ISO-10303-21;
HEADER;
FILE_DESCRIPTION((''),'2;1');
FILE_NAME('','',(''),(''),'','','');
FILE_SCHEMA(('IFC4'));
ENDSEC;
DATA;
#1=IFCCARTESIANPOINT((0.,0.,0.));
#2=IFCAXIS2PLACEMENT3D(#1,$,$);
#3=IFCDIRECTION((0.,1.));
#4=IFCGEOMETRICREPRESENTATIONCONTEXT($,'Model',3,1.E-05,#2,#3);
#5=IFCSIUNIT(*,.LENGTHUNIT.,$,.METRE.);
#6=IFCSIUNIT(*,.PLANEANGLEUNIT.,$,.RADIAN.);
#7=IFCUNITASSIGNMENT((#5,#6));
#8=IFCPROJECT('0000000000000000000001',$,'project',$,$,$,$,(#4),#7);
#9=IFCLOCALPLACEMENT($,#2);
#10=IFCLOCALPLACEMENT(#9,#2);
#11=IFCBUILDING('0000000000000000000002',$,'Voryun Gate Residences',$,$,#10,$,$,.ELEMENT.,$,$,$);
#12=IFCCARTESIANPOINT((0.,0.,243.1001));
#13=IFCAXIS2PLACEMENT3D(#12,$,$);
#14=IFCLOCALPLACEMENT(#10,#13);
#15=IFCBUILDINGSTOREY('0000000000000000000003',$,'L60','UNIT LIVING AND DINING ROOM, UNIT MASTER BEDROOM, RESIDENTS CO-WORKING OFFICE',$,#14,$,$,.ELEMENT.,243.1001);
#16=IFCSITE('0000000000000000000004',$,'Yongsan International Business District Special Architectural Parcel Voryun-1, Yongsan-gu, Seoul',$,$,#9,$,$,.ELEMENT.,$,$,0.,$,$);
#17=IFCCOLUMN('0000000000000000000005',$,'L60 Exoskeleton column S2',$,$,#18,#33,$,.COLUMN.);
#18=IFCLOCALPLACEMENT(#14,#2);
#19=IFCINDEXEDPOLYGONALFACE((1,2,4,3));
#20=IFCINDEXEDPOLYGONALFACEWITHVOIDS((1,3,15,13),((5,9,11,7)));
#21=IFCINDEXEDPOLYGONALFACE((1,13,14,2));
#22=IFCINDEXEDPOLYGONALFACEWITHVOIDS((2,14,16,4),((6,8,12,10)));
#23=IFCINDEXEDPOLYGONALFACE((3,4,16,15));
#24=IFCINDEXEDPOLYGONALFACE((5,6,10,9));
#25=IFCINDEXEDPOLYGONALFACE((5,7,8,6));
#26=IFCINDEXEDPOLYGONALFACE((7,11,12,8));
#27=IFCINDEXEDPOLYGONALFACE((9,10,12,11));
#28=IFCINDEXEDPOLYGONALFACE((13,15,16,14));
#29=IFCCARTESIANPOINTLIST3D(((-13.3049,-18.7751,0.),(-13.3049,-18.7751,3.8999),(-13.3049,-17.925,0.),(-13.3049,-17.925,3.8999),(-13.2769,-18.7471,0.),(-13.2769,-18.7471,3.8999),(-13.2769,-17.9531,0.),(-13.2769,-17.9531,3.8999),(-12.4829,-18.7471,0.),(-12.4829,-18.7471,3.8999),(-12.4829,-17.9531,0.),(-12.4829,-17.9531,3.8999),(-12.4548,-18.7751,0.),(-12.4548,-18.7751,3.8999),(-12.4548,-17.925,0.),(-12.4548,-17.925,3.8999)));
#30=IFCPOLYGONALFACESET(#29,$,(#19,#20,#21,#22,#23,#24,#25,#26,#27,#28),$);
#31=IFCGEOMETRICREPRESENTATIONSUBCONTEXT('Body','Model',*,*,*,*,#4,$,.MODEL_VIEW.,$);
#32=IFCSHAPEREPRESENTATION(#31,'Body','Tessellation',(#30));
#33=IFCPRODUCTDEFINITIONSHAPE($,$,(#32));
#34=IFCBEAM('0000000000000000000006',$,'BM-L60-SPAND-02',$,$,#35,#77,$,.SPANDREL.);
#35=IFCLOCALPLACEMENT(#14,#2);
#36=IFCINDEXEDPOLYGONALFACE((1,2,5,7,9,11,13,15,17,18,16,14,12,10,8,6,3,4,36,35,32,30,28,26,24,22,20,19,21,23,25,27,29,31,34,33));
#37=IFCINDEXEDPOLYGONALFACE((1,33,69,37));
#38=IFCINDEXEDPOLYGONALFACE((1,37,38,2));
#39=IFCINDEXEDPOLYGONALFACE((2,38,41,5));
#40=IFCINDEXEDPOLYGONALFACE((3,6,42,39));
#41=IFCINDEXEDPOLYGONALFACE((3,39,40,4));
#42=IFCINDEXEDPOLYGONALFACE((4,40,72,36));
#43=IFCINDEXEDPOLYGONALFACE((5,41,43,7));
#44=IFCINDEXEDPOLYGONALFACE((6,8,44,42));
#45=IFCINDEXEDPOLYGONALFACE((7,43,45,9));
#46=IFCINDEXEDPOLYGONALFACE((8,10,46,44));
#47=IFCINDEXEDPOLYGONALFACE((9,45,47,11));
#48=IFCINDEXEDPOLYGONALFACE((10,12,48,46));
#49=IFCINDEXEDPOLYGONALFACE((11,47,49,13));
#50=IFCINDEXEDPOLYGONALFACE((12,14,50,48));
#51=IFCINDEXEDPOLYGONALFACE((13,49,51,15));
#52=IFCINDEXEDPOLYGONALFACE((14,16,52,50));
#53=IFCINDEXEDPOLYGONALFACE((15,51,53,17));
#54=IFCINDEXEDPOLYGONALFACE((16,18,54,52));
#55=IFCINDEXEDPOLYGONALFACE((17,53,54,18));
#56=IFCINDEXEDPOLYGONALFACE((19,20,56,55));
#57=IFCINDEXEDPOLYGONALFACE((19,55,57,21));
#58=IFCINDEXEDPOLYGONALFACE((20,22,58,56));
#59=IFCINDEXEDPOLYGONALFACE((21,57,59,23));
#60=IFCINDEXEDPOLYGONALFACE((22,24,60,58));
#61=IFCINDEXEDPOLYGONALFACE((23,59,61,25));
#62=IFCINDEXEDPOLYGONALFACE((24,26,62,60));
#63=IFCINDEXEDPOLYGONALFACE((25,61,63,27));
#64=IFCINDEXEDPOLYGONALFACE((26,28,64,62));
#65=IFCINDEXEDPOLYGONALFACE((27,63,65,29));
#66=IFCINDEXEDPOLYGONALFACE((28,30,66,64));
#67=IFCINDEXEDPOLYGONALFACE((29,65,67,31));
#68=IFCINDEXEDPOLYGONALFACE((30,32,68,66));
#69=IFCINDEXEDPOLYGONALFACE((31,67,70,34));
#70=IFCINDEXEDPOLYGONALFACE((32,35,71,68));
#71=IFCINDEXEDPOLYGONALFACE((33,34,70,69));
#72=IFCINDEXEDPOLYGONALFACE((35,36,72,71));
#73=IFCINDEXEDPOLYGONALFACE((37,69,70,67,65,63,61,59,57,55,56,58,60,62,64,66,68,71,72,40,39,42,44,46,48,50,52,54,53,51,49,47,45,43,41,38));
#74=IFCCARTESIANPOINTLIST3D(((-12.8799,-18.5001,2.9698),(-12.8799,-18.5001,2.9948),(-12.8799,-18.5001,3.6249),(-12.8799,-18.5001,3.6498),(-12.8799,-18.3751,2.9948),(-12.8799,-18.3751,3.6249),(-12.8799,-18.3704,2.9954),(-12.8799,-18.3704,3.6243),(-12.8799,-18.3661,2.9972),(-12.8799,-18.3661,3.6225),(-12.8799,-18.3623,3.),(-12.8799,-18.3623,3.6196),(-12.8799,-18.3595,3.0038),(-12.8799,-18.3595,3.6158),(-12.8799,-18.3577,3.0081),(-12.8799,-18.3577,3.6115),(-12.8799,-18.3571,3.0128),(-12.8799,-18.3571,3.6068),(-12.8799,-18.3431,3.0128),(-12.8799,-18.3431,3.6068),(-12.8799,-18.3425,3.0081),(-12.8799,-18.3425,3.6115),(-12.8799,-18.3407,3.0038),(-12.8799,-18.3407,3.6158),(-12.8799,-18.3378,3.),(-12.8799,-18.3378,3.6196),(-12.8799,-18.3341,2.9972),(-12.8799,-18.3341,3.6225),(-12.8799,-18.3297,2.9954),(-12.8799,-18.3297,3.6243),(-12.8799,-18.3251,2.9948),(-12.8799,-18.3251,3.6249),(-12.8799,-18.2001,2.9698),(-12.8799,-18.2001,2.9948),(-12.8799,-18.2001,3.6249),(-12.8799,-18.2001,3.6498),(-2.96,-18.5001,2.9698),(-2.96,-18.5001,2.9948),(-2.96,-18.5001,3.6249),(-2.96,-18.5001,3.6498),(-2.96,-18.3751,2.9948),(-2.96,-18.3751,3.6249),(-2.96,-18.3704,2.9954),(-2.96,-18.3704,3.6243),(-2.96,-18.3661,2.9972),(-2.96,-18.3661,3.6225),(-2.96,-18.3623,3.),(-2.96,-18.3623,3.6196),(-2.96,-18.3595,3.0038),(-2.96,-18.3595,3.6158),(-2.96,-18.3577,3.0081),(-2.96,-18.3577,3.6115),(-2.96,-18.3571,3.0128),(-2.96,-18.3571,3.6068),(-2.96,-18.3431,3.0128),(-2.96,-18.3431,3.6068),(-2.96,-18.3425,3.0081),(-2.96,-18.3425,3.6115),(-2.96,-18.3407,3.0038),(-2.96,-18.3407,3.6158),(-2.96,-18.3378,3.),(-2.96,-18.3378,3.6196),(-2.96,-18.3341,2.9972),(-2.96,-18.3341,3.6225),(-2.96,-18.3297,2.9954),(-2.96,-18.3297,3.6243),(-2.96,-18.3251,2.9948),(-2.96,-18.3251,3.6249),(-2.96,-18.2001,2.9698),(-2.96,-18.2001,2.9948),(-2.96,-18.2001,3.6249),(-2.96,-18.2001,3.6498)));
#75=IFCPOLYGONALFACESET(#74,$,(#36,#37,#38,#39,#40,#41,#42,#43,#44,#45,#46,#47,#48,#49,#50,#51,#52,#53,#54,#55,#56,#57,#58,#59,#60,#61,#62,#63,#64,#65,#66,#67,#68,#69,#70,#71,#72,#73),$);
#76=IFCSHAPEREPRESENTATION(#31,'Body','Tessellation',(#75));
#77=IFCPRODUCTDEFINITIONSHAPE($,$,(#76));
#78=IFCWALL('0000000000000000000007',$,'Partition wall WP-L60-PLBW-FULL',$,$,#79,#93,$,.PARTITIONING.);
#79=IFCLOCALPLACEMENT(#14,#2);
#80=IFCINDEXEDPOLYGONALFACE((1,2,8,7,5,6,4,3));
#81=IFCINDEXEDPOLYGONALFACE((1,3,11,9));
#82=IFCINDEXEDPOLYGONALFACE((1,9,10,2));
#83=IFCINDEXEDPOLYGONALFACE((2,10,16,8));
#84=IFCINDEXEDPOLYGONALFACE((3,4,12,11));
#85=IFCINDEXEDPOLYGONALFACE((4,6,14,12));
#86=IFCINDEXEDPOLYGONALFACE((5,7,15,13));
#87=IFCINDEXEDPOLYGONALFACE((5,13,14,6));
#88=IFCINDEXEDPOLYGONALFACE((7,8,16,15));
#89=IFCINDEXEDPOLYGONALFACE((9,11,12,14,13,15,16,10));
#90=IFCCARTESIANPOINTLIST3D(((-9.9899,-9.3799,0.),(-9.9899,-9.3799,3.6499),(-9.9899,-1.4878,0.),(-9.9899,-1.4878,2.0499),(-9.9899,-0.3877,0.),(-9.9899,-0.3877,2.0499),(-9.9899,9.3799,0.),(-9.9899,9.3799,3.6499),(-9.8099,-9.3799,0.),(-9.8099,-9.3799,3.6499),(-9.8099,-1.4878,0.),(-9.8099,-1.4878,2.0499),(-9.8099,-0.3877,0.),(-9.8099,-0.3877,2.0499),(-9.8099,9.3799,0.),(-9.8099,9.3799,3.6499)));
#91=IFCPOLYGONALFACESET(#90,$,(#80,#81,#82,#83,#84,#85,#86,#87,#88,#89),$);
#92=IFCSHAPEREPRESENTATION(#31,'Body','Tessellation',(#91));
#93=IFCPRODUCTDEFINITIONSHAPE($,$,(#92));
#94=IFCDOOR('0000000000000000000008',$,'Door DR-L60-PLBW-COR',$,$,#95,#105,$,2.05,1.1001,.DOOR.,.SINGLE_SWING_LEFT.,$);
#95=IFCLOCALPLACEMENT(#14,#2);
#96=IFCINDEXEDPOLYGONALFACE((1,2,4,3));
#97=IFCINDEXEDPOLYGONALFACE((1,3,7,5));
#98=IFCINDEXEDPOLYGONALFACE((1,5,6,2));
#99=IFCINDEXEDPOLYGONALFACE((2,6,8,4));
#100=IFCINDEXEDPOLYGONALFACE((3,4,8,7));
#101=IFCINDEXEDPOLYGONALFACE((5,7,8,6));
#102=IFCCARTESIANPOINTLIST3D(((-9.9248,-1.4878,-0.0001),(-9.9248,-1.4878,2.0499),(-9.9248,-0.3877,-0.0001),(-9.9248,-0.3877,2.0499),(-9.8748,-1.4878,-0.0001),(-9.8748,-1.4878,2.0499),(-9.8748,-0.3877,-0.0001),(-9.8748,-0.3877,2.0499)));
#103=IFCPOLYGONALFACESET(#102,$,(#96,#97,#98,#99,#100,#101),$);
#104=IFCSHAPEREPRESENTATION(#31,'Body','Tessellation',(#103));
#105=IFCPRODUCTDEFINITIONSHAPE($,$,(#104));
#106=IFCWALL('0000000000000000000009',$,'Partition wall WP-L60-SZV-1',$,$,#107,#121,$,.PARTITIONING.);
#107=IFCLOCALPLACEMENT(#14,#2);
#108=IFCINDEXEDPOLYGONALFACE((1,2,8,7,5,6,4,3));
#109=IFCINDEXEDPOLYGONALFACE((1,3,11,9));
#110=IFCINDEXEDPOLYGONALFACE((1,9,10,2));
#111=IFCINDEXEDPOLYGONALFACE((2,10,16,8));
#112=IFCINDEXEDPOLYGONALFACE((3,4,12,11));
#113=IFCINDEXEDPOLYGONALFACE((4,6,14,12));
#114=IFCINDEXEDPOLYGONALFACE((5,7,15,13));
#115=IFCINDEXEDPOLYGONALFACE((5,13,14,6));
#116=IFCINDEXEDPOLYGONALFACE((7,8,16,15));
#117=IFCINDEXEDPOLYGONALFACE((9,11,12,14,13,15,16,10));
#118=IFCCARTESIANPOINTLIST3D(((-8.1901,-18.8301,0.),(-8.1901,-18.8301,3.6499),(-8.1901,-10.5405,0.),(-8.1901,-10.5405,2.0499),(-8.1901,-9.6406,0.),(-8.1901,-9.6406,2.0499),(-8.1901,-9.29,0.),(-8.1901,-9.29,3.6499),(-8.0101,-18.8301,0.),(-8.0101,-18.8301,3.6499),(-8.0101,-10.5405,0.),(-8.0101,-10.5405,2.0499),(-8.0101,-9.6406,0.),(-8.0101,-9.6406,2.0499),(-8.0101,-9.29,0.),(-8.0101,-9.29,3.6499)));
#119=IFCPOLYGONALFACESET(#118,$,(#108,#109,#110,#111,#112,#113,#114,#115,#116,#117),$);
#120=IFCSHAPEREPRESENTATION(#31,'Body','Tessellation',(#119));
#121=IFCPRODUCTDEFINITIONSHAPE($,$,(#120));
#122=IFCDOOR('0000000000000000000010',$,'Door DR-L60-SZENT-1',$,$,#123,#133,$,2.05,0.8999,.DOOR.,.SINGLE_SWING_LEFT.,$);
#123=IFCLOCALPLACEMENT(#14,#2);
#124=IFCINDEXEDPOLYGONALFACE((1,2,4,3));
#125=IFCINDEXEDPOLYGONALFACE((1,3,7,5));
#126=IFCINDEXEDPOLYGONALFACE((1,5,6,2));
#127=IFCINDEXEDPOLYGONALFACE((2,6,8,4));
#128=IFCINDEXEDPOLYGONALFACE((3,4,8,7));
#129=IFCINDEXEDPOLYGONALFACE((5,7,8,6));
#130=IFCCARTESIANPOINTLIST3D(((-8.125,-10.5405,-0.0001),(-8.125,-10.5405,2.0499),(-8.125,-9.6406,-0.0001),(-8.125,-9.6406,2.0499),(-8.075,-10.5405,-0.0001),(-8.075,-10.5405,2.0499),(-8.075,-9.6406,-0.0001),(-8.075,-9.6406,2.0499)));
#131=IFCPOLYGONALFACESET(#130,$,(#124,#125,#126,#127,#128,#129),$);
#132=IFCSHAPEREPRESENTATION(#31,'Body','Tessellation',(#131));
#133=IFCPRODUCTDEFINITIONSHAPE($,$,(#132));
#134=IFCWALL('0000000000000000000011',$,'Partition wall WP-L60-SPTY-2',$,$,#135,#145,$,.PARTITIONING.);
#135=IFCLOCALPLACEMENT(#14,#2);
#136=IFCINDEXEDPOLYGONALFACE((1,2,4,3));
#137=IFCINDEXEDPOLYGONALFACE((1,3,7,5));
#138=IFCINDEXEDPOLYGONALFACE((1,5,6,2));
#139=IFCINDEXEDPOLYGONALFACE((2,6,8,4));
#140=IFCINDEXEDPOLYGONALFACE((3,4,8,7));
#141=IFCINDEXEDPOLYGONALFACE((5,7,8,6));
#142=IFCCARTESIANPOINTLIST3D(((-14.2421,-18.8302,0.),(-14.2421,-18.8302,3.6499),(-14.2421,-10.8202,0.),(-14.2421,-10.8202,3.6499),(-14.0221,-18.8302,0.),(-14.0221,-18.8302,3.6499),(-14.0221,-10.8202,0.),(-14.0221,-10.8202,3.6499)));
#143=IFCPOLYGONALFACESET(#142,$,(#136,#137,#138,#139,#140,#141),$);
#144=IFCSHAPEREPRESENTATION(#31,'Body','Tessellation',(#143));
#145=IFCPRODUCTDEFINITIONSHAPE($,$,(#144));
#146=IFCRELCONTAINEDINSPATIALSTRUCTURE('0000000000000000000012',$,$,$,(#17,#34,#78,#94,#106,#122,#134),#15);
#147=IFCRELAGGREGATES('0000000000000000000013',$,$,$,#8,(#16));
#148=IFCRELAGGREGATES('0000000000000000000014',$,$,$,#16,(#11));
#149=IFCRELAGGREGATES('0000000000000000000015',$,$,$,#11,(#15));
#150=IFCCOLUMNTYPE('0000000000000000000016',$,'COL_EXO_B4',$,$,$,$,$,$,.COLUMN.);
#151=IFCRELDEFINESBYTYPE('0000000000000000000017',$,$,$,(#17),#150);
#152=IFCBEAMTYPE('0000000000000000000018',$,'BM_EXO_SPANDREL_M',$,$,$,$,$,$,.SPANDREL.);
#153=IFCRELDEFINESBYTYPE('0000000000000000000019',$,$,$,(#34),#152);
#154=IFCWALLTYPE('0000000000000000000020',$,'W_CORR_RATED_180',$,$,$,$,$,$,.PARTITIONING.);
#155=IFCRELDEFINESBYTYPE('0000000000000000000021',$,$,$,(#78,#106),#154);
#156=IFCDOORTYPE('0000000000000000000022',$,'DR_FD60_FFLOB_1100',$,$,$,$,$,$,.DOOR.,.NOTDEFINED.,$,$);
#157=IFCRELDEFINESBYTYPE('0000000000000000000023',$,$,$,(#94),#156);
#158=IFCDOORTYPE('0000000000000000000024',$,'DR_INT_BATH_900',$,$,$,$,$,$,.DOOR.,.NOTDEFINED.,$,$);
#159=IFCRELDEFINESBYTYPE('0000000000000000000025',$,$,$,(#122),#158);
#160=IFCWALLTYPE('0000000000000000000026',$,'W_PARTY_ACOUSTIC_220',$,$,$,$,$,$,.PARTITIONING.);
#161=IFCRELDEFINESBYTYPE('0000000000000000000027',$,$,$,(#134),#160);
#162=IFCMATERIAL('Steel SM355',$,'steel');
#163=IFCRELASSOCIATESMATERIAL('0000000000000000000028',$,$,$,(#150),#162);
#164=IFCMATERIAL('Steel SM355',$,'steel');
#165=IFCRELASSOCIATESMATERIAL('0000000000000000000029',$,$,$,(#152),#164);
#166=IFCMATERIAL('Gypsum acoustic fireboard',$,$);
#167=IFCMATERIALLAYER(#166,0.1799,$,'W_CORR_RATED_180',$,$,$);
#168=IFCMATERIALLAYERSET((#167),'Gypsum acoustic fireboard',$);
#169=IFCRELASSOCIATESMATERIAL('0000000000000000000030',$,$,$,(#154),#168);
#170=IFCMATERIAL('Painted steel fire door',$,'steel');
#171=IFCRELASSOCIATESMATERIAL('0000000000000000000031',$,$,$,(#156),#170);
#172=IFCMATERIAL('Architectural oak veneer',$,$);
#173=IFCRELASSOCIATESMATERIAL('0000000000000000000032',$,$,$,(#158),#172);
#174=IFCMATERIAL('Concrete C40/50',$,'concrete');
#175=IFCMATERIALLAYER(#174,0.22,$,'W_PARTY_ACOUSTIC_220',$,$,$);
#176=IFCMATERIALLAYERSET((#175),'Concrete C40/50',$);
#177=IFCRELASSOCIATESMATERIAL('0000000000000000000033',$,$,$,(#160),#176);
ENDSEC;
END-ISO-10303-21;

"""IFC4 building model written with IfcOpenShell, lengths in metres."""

from ifc_helpers import new_model, si_unit, direction, frame, frame_2d, origin, origin_2d, place, context, subcontext, project, spatial, rectangle, hollow_rectangle, i_section, extrude, material, layer, layer_set, material_profile, profile_set, type_object, element, fill, save


model = new_model("IFC4")

# Units and contexts
model_context = context("Model", 3, precision=1e-05, world=origin(), true_north=direction((0.0, 1.0)))
body_context = subcontext(model_context, "Body", "Model", "MODEL_VIEW")
ifc_project = project(units=[si_unit("LENGTHUNIT", "METRE"), si_unit("PLANEANGLEUNIT", "RADIAN")], contexts=[model_context])

# Site, building, storey
site_placement = place(None, origin())
site = spatial("IfcSite", under=ifc_project, at=site_placement, Name="Yongsan International Business District Special Architectural Parcel Voryun-1, Yongsan-gu, Seoul", CompositionType="ELEMENT", RefElevation=0.0)
building_placement = place(site_placement, origin())
building = spatial("IfcBuilding", under=site, at=building_placement, Name="Voryun Gate Residences", CompositionType="ELEMENT")
storey_placement = place(building_placement, frame((0.0, 0.0, 243.1001)))
storey = spatial("IfcBuildingStorey", under=building, at=storey_placement, Name="L60", Description="UNIT LIVING AND DINING ROOM, UNIT MASTER BEDROOM, RESIDENTS CO-WORKING OFFICE", CompositionType="ELEMENT", Elevation=243.1001)

# Column
ifc_material_1 = material(Name="Steel SM355", Category="steel")
ifc_material_profile_1 = material_profile(ifc_material_1, hollow_rectangle(XDim=0.8501, YDim=0.8501, WallThickness=0.0281, at=origin_2d()), Name="BOX-850x850x28")
ifc_profile_set_1 = profile_set([ifc_material_profile_1], Name="Steel SM355")
column_type = type_object("IfcColumnType", Name="COL_EXO_B4", PredefinedType="COLUMN", material=ifc_profile_set_1)
column_placement = place(storey_placement, frame((-12.8799, -18.3501, 0.0), z_axis=(0.0, 0.0, 1.0), x_axis=(1.0, 0.0, 0.0)))
element("IfcColumn", 1, at=column_placement, inside=storey, type_object=column_type, Name="L60 Exoskeleton column S2", PredefinedType="COLUMN", context=body_context, shape_type="SweptSolid", body=[
    extrude(hollow_rectangle(XDim=0.8501, YDim=0.8501, WallThickness=0.0281, at=origin_2d()), origin(), (0.0, 0.0, 1.0), 3.8999),
])

# Beam
ifc_material_2 = material(Name="Steel SM355", Category="steel")
ifc_material_profile_2 = material_profile(ifc_material_2, i_section(OverallWidth=0.3, OverallDepth=0.6799, WebThickness=0.0139, FlangeThickness=0.0249, FilletRadius=0.0181, at=origin_2d()), Name="H-680x300x14x25")
ifc_profile_set_2 = profile_set([ifc_material_profile_2], Name="Steel SM355")
beam_type = type_object("IfcBeamType", Name="BM_EXO_SPANDREL_M", PredefinedType="SPANDREL", material=ifc_profile_set_2)
beam_placement = place(storey_placement, frame((-12.8799, -18.3501, 3.3098), z_axis=(1.0, 0.0, 0.0), x_axis=(0.0, 1.0, 0.0)))
element("IfcBeam", 2, at=beam_placement, inside=storey, type_object=beam_type, Name="BM-L60-SPAND-02", PredefinedType="SPANDREL", context=body_context, shape_type="SweptSolid", body=[
    extrude(i_section(OverallWidth=0.3, OverallDepth=0.6799, WebThickness=0.0139, FlangeThickness=0.0249, FilletRadius=0.0181, at=origin_2d()), origin(), (0.0, 0.0, 1.0), 9.9199),
])

# Walls, openings, doors
ifc_material_3 = material(Name="Gypsum acoustic fireboard")
ifc_layer_1 = layer(ifc_material_3, 0.1799, Name="W_CORR_RATED_180")
ifc_layer_set_1 = layer_set([ifc_layer_1], Name="Gypsum acoustic fireboard")
wall_type_1 = type_object("IfcWallType", Name="W_CORR_RATED_180", PredefinedType="PARTITIONING", material=ifc_layer_set_1)
wall_1_placement = place(storey_placement, frame((-9.8999, -9.3799, 0.0), z_axis=(0.0, 0.0, 1.0), x_axis=(0.0, 1.0, 0.0)))
wall_1 = element("IfcWall", 3, at=wall_1_placement, inside=storey, type_object=wall_type_1, Name="Partition wall WP-L60-PLBW-FULL", PredefinedType="PARTITIONING", context=body_context, shape_type="SweptSolid", body=[
    extrude(rectangle(XDim=18.7598, YDim=0.1799, at=frame_2d((9.3799, 0.0))), origin(), (0.0, 0.0, 1.0), 3.6499),
])
opening_1_placement = place(wall_1_placement, frame((7.8921, 0.0, 0.0)))
opening_1 = element("IfcOpeningElement", 4, at=opening_1_placement, cuts=wall_1, PredefinedType="OPENING", context=body_context, shape_type="SweptSolid", body=[
    extrude(rectangle(XDim=1.1001, YDim=2.05, at=frame_2d((0.55, 1.0249))), frame((0.0, 0.0999, 0.0), z_axis=(0.0, -1.0, 0.0), x_axis=(1.0, 0.0, 0.0)), (0.0, 0.0, 1.0), 0.2),
])
ifc_material_4 = material(Name="Painted steel fire door", Category="steel")
door_type_1 = type_object("IfcDoorType", Name="DR_FD60_FFLOB_1100", OperationType="NOTDEFINED", PredefinedType="DOOR", material=ifc_material_4)
door_1_placement = place(opening_1_placement, origin())
door_1 = element("IfcDoor", 5, at=door_1_placement, inside=storey, type_object=door_type_1, Name="Door DR-L60-PLBW-COR", OperationType="SINGLE_SWING_LEFT", OverallHeight=2.05, OverallWidth=1.1001, PredefinedType="DOOR", context=body_context, shape_type="SweptSolid", body=[
    extrude(rectangle(XDim=1.1001, YDim=2.05, at=frame_2d((0.55, 1.0249))), frame((0.0, 0.0249, 0.0), z_axis=(0.0, -1.0, 0.0), x_axis=(1.0, 0.0, 0.0)), (0.0, 0.0, 1.0), 0.05),
])
fill(opening_1, door_1)
wall_2_placement = place(storey_placement, frame((-8.1001, -18.8301, 0.0), z_axis=(0.0, 0.0, 1.0), x_axis=(0.0, 1.0, 0.0)))
wall_2 = element("IfcWall", 6, at=wall_2_placement, inside=storey, type_object=wall_type_1, Name="Partition wall WP-L60-SZV-1", PredefinedType="PARTITIONING", context=body_context, shape_type="SweptSolid", body=[
    extrude(rectangle(XDim=9.54, YDim=0.1799, at=frame_2d((4.77, 0.0))), origin(), (0.0, 0.0, 1.0), 3.6499),
])
opening_2_placement = place(wall_2_placement, frame((8.2896, 0.0, 0.0)))
opening_2 = element("IfcOpeningElement", 7, at=opening_2_placement, cuts=wall_2, PredefinedType="OPENING", context=body_context, shape_type="SweptSolid", body=[
    extrude(rectangle(XDim=0.8999, YDim=2.05, at=frame_2d((0.45, 1.0249))), frame((0.0, 0.0999, 0.0), z_axis=(0.0, -1.0, 0.0), x_axis=(1.0, 0.0, 0.0)), (0.0, 0.0, 1.0), 0.2),
])
ifc_material_5 = material(Name="Architectural oak veneer")
door_type_2 = type_object("IfcDoorType", Name="DR_INT_BATH_900", OperationType="NOTDEFINED", PredefinedType="DOOR", material=ifc_material_5)
door_2_placement = place(opening_2_placement, origin())
door_2 = element("IfcDoor", 8, at=door_2_placement, inside=storey, type_object=door_type_2, Name="Door DR-L60-SZENT-1", OperationType="SINGLE_SWING_LEFT", OverallHeight=2.05, OverallWidth=0.8999, PredefinedType="DOOR", context=body_context, shape_type="SweptSolid", body=[
    extrude(rectangle(XDim=0.8999, YDim=2.05, at=frame_2d((0.45, 1.0249))), frame((0.0, 0.0249, 0.0), z_axis=(0.0, -1.0, 0.0), x_axis=(1.0, 0.0, 0.0)), (0.0, 0.0, 1.0), 0.05),
])
fill(opening_2, door_2)

# Wall
ifc_material_6 = material(Name="Concrete C40/50", Category="concrete")
ifc_layer_2 = layer(ifc_material_6, 0.22, Name="W_PARTY_ACOUSTIC_220")
ifc_layer_set_2 = layer_set([ifc_layer_2], Name="Concrete C40/50")
wall_type_2 = type_object("IfcWallType", Name="W_PARTY_ACOUSTIC_220", PredefinedType="PARTITIONING", material=ifc_layer_set_2)
wall_3_placement = place(storey_placement, frame((-14.1321, -18.8301, 0.0), z_axis=(0.0, 0.0, 1.0), x_axis=(0.0, 1.0, 0.0)))
element("IfcWall", 9, at=wall_3_placement, inside=storey, type_object=wall_type_2, Name="Partition wall WP-L60-SPTY-2", PredefinedType="PARTITIONING", context=body_context, shape_type="SweptSolid", body=[
    extrude(rectangle(XDim=8.01, YDim=0.22, at=frame_2d((4.0049, 0.0))), origin(), (0.0, 0.0, 1.0), 3.6499),
])

save(model, "model.ifc")
